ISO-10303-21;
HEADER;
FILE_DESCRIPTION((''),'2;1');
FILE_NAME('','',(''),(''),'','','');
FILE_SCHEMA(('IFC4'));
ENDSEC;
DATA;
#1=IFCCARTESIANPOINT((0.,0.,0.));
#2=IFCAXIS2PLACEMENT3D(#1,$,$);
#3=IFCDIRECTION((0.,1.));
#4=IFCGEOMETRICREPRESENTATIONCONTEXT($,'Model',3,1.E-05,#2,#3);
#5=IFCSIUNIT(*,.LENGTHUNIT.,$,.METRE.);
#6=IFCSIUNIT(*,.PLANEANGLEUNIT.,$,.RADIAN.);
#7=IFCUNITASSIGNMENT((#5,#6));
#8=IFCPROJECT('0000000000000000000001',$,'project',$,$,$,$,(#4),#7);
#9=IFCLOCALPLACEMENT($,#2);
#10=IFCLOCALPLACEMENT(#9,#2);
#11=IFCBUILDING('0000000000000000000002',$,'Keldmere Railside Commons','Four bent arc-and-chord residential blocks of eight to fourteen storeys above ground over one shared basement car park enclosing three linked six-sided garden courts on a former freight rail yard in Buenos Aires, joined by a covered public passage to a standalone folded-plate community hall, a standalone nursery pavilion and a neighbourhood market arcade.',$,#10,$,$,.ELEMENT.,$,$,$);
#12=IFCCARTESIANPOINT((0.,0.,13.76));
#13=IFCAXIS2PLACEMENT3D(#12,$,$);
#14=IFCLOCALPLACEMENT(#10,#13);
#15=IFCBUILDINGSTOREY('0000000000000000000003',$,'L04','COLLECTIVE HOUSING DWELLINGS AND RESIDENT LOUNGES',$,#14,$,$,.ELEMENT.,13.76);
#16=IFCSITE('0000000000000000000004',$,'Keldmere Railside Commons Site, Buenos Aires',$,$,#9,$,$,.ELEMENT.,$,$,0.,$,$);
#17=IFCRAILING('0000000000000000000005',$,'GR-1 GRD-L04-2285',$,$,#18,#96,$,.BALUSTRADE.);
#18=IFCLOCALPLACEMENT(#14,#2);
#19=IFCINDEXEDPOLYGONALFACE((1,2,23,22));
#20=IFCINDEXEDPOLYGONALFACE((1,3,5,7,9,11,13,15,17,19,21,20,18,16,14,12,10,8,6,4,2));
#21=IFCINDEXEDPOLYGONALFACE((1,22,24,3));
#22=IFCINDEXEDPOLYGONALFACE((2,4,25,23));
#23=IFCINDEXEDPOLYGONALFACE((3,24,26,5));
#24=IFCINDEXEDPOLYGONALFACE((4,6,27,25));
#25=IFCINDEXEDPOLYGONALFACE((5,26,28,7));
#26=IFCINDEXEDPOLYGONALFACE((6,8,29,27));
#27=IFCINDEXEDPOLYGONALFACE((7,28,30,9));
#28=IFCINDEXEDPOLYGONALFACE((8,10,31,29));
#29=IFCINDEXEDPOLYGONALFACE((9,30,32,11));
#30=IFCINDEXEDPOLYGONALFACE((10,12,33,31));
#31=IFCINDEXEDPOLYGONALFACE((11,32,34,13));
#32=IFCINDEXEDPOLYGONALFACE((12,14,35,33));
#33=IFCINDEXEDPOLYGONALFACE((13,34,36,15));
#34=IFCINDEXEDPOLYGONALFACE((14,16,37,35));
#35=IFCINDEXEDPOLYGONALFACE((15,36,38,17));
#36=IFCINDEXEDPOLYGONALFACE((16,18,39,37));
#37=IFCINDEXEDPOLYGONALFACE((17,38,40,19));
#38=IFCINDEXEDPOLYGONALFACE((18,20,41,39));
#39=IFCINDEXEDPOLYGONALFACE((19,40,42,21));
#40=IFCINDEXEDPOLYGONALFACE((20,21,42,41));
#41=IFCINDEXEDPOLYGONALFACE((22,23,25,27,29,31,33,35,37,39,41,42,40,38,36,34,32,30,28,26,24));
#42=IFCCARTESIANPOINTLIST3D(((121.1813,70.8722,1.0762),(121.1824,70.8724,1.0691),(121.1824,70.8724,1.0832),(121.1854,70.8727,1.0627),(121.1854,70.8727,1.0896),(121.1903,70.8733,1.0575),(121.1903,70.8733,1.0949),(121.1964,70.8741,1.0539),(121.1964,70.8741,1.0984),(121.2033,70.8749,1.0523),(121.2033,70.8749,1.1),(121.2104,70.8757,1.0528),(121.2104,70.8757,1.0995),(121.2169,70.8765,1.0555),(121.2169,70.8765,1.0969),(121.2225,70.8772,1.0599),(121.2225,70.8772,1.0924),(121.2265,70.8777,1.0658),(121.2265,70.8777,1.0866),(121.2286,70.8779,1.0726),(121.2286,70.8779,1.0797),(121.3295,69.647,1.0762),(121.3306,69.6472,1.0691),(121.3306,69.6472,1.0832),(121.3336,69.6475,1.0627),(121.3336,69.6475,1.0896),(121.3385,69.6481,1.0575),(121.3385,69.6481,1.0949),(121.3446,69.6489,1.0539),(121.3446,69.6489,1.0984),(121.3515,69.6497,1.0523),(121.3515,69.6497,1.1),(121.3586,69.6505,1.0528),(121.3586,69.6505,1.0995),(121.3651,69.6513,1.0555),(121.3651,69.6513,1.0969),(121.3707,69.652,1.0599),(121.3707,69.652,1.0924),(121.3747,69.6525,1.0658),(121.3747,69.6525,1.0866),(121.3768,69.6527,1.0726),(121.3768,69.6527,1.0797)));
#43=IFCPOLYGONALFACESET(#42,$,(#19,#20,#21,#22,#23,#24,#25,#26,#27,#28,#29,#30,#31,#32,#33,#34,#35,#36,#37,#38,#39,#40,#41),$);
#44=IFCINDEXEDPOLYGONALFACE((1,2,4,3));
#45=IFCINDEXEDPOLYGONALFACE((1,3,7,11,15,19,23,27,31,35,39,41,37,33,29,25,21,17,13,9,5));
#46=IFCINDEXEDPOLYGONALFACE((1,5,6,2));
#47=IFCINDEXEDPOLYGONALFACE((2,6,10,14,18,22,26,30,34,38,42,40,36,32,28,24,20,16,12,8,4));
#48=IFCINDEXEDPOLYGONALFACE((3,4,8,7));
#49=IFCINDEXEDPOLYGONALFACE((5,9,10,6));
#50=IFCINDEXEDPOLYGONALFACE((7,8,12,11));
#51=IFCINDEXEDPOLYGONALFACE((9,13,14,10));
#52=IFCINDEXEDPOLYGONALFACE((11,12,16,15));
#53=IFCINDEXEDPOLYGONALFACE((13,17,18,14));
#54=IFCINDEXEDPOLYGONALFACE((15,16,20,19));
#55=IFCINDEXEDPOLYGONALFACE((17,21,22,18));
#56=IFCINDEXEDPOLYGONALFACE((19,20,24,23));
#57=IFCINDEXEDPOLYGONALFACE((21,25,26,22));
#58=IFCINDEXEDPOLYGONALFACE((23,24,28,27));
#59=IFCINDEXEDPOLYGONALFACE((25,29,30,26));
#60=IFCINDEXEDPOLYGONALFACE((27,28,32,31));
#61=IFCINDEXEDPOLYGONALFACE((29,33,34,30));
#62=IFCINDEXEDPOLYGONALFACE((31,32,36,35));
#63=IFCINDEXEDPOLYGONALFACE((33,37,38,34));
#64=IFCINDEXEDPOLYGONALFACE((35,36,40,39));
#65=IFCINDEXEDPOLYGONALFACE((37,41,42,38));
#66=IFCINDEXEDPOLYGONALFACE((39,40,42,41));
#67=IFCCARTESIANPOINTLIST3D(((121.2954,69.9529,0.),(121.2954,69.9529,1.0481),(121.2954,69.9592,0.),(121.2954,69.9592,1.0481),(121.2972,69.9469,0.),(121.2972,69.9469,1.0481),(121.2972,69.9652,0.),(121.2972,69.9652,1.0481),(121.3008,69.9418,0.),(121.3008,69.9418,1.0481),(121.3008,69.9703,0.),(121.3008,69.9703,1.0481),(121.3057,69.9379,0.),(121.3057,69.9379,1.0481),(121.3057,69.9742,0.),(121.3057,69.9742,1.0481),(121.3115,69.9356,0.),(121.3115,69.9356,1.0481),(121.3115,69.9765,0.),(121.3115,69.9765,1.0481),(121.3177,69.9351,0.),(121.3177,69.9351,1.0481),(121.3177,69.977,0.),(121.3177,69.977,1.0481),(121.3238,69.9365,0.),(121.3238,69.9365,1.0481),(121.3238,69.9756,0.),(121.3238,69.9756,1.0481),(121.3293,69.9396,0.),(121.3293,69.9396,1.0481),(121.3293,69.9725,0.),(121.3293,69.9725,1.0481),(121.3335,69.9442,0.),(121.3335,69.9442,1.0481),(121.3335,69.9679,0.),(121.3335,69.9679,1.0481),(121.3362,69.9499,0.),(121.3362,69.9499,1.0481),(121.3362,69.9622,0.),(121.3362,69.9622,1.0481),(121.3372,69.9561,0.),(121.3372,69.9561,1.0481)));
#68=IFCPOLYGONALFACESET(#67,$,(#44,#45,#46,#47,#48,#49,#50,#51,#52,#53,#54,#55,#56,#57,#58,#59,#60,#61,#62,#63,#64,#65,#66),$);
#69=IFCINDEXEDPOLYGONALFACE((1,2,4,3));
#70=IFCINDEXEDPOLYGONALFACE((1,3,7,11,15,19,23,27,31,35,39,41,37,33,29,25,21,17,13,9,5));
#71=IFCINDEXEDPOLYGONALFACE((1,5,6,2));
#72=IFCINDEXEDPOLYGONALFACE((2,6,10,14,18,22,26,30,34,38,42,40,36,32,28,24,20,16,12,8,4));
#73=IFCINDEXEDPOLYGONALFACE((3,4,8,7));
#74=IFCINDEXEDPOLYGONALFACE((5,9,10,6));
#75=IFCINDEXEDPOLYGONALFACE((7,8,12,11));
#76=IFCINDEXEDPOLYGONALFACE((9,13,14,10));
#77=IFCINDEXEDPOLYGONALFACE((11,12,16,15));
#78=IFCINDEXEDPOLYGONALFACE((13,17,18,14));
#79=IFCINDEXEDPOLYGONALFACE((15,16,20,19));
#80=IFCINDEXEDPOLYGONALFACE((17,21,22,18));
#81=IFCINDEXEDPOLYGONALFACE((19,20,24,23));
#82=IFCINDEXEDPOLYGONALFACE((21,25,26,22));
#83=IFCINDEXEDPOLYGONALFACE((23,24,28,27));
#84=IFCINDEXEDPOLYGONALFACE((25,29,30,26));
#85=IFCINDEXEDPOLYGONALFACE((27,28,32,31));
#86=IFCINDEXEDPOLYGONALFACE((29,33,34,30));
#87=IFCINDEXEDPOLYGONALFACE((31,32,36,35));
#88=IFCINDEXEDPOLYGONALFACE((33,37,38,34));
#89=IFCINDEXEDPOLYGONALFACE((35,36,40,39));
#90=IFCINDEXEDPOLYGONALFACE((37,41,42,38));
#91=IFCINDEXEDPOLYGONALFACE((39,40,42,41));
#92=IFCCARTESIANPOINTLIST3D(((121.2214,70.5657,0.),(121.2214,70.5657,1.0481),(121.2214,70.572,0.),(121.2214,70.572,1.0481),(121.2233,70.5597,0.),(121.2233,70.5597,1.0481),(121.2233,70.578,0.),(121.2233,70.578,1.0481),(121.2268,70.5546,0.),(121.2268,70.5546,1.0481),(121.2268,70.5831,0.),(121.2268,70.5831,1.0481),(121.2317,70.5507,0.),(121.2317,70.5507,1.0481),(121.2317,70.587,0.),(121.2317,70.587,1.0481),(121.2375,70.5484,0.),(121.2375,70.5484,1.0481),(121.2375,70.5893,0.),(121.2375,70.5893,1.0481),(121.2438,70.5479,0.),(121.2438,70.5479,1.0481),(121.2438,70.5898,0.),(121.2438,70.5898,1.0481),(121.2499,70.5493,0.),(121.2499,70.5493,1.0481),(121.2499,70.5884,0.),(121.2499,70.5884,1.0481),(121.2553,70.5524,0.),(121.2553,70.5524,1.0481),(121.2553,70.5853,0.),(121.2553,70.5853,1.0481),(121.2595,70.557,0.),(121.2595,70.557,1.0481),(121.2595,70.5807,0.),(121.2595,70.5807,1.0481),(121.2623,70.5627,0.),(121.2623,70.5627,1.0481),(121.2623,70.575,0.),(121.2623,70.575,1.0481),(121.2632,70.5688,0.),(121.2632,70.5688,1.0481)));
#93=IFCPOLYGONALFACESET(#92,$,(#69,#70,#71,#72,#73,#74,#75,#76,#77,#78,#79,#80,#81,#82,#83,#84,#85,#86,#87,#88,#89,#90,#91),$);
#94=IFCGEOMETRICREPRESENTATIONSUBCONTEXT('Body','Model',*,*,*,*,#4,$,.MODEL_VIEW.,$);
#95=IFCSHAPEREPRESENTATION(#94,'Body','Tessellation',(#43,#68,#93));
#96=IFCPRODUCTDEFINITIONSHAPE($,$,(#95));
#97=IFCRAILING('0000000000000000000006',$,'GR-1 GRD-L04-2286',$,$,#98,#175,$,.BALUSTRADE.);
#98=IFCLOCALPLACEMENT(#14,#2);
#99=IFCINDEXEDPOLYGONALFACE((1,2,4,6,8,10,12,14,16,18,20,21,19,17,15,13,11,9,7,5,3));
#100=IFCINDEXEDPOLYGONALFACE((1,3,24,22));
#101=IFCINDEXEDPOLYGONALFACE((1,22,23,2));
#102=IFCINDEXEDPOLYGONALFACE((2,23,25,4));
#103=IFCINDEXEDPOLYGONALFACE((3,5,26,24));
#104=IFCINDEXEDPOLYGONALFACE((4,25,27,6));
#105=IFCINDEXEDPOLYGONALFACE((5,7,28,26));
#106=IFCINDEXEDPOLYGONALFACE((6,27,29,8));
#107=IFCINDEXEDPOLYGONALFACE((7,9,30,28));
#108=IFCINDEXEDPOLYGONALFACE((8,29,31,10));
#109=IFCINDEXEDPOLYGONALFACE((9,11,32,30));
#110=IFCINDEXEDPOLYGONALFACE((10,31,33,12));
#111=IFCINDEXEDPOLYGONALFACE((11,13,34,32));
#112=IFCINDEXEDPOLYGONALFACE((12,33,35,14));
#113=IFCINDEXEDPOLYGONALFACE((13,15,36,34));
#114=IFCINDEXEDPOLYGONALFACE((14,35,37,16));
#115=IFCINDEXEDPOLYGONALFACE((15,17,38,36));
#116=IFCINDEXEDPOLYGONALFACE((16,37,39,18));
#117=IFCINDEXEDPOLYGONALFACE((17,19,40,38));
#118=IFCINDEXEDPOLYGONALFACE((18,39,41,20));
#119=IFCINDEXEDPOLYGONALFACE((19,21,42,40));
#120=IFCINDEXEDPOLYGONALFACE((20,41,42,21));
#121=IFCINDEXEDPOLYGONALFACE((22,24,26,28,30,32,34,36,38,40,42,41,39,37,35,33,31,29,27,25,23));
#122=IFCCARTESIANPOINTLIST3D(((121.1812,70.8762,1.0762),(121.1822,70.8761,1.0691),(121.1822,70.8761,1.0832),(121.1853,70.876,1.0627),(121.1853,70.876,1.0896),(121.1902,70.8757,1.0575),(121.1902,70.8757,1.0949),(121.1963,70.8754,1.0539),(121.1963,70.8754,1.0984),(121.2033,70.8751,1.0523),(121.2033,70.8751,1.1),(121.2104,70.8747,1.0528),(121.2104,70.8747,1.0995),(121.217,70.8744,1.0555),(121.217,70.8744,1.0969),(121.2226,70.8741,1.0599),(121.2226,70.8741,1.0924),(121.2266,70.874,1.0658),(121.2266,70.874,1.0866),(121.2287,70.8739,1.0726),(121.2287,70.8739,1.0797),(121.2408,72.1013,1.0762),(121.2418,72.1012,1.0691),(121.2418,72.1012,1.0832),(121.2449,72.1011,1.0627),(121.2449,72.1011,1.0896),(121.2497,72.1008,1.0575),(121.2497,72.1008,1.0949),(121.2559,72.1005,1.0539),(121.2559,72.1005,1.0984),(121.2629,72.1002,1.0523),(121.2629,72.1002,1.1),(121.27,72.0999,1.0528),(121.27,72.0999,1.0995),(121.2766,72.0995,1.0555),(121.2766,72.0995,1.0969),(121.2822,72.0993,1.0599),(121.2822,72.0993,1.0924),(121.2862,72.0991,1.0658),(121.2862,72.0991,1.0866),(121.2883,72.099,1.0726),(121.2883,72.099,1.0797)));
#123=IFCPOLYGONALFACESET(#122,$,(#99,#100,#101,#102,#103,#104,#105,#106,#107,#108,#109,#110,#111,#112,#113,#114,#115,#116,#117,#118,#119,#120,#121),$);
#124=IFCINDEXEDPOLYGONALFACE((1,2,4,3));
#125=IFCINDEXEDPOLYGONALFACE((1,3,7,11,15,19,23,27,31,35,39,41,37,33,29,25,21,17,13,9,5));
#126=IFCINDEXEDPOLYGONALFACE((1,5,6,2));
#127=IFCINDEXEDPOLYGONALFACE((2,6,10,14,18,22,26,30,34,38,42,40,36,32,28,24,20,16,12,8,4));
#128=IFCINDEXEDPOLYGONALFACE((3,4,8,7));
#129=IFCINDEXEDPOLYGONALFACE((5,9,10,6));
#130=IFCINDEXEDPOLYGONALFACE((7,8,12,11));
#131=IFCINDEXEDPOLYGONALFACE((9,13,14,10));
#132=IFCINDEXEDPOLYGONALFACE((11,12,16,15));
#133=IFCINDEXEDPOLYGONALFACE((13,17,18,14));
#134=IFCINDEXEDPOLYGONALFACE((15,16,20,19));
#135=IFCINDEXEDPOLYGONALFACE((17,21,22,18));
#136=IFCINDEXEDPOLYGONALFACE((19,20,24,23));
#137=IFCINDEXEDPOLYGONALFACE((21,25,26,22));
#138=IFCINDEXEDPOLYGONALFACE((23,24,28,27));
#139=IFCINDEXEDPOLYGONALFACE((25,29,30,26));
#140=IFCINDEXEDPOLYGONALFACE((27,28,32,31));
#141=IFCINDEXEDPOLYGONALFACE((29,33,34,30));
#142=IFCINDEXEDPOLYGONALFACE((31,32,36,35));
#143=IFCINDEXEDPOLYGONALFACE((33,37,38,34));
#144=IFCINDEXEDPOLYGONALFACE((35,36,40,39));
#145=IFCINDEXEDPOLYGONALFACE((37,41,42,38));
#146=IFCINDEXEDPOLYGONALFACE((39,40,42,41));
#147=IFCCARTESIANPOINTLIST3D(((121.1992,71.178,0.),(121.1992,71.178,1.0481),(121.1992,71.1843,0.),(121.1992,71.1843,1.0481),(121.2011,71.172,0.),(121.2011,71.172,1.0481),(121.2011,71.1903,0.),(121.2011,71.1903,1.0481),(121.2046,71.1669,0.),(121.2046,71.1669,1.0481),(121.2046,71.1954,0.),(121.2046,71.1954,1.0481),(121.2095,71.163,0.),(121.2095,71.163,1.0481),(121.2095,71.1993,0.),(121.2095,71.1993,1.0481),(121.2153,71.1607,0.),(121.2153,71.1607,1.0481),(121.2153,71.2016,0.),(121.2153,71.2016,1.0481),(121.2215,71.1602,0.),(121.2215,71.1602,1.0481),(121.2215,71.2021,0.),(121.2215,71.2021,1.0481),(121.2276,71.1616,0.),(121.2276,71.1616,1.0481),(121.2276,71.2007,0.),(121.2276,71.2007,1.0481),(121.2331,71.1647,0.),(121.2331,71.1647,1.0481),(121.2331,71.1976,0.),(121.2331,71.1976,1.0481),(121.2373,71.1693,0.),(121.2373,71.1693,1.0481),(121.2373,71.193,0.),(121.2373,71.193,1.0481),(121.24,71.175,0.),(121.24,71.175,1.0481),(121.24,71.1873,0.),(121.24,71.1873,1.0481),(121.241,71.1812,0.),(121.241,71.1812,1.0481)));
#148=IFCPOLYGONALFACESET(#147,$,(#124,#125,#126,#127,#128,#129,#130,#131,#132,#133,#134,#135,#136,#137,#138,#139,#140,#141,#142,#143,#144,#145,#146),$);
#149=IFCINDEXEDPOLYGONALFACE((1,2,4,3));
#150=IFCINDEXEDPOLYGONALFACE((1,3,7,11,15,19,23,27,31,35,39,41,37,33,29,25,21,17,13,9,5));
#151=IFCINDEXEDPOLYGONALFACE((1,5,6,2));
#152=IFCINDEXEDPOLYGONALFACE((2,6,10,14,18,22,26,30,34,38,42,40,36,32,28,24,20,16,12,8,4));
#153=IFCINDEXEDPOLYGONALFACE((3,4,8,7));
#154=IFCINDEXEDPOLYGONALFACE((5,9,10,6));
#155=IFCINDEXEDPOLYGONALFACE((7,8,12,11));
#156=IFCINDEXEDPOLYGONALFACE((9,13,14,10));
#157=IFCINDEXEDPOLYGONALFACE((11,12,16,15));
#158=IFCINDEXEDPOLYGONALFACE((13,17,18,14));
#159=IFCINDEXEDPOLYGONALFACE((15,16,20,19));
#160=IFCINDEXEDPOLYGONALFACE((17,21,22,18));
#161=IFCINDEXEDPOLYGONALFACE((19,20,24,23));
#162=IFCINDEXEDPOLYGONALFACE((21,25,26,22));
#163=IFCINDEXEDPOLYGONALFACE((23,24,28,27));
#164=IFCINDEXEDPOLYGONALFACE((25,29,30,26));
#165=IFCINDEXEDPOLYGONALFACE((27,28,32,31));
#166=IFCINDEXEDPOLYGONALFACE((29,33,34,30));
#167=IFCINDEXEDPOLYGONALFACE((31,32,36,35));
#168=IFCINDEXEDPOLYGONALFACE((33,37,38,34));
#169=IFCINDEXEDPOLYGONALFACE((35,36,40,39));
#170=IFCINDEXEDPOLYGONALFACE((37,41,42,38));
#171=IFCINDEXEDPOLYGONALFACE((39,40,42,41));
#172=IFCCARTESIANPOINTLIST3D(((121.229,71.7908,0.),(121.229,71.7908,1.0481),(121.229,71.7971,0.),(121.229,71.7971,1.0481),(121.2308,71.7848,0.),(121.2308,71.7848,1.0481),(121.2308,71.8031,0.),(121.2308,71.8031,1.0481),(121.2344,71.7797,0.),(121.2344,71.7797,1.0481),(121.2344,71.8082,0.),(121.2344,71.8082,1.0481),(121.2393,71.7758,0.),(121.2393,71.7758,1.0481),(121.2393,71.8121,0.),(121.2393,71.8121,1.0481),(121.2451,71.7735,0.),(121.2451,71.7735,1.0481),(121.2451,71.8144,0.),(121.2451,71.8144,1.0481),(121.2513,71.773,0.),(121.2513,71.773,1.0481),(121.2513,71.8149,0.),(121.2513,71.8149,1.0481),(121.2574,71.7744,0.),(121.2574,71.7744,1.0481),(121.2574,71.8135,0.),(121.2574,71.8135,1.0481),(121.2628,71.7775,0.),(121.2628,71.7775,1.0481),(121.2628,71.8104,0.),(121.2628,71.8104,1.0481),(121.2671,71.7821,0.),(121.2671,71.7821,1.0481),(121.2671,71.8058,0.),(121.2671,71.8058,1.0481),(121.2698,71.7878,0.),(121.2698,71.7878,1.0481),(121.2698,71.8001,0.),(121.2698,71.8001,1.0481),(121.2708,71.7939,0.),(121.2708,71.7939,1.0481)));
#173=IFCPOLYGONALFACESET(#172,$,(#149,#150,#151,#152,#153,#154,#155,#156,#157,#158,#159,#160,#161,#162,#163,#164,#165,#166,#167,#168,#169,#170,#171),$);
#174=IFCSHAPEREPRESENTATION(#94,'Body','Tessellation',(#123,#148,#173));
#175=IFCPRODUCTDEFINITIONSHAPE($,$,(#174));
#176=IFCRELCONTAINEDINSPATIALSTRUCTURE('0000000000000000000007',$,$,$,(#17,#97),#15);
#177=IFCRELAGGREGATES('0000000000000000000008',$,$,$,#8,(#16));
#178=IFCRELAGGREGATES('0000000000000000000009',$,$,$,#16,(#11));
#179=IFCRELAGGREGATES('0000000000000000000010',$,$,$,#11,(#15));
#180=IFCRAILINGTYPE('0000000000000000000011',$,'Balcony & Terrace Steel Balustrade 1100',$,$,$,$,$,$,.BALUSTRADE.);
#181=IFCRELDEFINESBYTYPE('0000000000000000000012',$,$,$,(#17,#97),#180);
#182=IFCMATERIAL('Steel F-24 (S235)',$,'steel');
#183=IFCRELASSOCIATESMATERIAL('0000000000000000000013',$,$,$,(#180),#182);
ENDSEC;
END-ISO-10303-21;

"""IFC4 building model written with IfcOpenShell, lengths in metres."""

from ifc_helpers import new_model, si_unit, direction, frame, origin, origin_2d, place, context, subcontext, project, spatial, circle, extrude, material, type_object, element, save


model = new_model("IFC4")

# Units and contexts
model_context = context("Model", 3, precision=1e-05, world=origin(), true_north=direction((0.0, 1.0)))
body_context = subcontext(model_context, "Body", "Model", "MODEL_VIEW")
ifc_project = project(units=[si_unit("LENGTHUNIT", "METRE"), si_unit("PLANEANGLEUNIT", "RADIAN")], contexts=[model_context])

# Site, building, storey
site_placement = place(None, origin())
site = spatial("IfcSite", under=ifc_project, at=site_placement, Name="Keldmere Railside Commons Site, Buenos Aires", CompositionType="ELEMENT", RefElevation=0.0)
building_placement = place(site_placement, origin())
building = spatial("IfcBuilding", under=site, at=building_placement, Name="Keldmere Railside Commons", Description="Four bent arc-and-chord residential blocks of eight to fourteen storeys above ground over one shared basement car park enclosing three linked six-sided garden courts on a former freight rail yard in Buenos Aires, joined by a covered public passage to a standalone folded-plate community hall, a standalone nursery pavilion and a neighbourhood market arcade.", CompositionType="ELEMENT")
storey_placement = place(building_placement, frame((0.0, 0.0, 13.76)))
storey = spatial("IfcBuildingStorey", under=building, at=storey_placement, Name="L04", Description="COLLECTIVE HOUSING DWELLINGS AND RESIDENT LOUNGES", CompositionType="ELEMENT", Elevation=13.76)

# Railings
ifc_material_1 = material(Name="Steel F-24 (S235)", Category="steel")
railing_type_1 = type_object("IfcRailingType", Name="Balcony & Terrace Steel Balustrade 1100", PredefinedType="BALUSTRADE", material=ifc_material_1)
railing_1_placement = place(storey_placement, frame((121.3533, 69.6499, 0.0)))
element("IfcRailing", 1, at=railing_1_placement, inside=storey, type_object=railing_type_1, Name="GR-1 GRD-L04-2285", PredefinedType="BALUSTRADE", context=body_context, shape_type="SweptSolid", body=[
    extrude(circle(Radius=0.0239, at=origin_2d()), frame((0.0, 0.0, 1.0762), z_axis=(-0.120089, 0.992763, 0.0), x_axis=(-0.992763, -0.120089, 0.0)), (0.0, 0.0, 1.0), 1.2341),
    extrude(circle(Radius=0.021, at=origin_2d()), frame((-0.0371, 0.3062, 0.0)), (0.0, 0.0, 1.0), 1.0481),
    extrude(circle(Radius=0.021, at=origin_2d()), frame((-0.1111, 0.9189, 0.0)), (0.0, 0.0, 1.0), 1.0481),
])
railing_2_placement = place(storey_placement, frame((121.2051, 70.875, 0.0)))
element("IfcRailing", 2, at=railing_2_placement, inside=storey, type_object=railing_type_1, Name="GR-1 GRD-L04-2286", PredefinedType="BALUSTRADE", context=body_context, shape_type="SweptSolid", body=[
    extrude(circle(Radius=0.0239, at=origin_2d()), frame((0.0, 0.0, 1.0762), z_axis=(0.048568, 0.99882, 0.0), x_axis=(-0.99882, 0.048568, 0.0)), (0.0, 0.0, 1.0), 1.2266),
    extrude(circle(Radius=0.021, at=origin_2d()), frame((0.0149, 0.3062, 0.0)), (0.0, 0.0, 1.0), 1.0481),
    extrude(circle(Radius=0.021, at=origin_2d()), frame((0.0447, 0.9189, 0.0)), (0.0, 0.0, 1.0), 1.0481),
])

save(model, "model.ifc")
